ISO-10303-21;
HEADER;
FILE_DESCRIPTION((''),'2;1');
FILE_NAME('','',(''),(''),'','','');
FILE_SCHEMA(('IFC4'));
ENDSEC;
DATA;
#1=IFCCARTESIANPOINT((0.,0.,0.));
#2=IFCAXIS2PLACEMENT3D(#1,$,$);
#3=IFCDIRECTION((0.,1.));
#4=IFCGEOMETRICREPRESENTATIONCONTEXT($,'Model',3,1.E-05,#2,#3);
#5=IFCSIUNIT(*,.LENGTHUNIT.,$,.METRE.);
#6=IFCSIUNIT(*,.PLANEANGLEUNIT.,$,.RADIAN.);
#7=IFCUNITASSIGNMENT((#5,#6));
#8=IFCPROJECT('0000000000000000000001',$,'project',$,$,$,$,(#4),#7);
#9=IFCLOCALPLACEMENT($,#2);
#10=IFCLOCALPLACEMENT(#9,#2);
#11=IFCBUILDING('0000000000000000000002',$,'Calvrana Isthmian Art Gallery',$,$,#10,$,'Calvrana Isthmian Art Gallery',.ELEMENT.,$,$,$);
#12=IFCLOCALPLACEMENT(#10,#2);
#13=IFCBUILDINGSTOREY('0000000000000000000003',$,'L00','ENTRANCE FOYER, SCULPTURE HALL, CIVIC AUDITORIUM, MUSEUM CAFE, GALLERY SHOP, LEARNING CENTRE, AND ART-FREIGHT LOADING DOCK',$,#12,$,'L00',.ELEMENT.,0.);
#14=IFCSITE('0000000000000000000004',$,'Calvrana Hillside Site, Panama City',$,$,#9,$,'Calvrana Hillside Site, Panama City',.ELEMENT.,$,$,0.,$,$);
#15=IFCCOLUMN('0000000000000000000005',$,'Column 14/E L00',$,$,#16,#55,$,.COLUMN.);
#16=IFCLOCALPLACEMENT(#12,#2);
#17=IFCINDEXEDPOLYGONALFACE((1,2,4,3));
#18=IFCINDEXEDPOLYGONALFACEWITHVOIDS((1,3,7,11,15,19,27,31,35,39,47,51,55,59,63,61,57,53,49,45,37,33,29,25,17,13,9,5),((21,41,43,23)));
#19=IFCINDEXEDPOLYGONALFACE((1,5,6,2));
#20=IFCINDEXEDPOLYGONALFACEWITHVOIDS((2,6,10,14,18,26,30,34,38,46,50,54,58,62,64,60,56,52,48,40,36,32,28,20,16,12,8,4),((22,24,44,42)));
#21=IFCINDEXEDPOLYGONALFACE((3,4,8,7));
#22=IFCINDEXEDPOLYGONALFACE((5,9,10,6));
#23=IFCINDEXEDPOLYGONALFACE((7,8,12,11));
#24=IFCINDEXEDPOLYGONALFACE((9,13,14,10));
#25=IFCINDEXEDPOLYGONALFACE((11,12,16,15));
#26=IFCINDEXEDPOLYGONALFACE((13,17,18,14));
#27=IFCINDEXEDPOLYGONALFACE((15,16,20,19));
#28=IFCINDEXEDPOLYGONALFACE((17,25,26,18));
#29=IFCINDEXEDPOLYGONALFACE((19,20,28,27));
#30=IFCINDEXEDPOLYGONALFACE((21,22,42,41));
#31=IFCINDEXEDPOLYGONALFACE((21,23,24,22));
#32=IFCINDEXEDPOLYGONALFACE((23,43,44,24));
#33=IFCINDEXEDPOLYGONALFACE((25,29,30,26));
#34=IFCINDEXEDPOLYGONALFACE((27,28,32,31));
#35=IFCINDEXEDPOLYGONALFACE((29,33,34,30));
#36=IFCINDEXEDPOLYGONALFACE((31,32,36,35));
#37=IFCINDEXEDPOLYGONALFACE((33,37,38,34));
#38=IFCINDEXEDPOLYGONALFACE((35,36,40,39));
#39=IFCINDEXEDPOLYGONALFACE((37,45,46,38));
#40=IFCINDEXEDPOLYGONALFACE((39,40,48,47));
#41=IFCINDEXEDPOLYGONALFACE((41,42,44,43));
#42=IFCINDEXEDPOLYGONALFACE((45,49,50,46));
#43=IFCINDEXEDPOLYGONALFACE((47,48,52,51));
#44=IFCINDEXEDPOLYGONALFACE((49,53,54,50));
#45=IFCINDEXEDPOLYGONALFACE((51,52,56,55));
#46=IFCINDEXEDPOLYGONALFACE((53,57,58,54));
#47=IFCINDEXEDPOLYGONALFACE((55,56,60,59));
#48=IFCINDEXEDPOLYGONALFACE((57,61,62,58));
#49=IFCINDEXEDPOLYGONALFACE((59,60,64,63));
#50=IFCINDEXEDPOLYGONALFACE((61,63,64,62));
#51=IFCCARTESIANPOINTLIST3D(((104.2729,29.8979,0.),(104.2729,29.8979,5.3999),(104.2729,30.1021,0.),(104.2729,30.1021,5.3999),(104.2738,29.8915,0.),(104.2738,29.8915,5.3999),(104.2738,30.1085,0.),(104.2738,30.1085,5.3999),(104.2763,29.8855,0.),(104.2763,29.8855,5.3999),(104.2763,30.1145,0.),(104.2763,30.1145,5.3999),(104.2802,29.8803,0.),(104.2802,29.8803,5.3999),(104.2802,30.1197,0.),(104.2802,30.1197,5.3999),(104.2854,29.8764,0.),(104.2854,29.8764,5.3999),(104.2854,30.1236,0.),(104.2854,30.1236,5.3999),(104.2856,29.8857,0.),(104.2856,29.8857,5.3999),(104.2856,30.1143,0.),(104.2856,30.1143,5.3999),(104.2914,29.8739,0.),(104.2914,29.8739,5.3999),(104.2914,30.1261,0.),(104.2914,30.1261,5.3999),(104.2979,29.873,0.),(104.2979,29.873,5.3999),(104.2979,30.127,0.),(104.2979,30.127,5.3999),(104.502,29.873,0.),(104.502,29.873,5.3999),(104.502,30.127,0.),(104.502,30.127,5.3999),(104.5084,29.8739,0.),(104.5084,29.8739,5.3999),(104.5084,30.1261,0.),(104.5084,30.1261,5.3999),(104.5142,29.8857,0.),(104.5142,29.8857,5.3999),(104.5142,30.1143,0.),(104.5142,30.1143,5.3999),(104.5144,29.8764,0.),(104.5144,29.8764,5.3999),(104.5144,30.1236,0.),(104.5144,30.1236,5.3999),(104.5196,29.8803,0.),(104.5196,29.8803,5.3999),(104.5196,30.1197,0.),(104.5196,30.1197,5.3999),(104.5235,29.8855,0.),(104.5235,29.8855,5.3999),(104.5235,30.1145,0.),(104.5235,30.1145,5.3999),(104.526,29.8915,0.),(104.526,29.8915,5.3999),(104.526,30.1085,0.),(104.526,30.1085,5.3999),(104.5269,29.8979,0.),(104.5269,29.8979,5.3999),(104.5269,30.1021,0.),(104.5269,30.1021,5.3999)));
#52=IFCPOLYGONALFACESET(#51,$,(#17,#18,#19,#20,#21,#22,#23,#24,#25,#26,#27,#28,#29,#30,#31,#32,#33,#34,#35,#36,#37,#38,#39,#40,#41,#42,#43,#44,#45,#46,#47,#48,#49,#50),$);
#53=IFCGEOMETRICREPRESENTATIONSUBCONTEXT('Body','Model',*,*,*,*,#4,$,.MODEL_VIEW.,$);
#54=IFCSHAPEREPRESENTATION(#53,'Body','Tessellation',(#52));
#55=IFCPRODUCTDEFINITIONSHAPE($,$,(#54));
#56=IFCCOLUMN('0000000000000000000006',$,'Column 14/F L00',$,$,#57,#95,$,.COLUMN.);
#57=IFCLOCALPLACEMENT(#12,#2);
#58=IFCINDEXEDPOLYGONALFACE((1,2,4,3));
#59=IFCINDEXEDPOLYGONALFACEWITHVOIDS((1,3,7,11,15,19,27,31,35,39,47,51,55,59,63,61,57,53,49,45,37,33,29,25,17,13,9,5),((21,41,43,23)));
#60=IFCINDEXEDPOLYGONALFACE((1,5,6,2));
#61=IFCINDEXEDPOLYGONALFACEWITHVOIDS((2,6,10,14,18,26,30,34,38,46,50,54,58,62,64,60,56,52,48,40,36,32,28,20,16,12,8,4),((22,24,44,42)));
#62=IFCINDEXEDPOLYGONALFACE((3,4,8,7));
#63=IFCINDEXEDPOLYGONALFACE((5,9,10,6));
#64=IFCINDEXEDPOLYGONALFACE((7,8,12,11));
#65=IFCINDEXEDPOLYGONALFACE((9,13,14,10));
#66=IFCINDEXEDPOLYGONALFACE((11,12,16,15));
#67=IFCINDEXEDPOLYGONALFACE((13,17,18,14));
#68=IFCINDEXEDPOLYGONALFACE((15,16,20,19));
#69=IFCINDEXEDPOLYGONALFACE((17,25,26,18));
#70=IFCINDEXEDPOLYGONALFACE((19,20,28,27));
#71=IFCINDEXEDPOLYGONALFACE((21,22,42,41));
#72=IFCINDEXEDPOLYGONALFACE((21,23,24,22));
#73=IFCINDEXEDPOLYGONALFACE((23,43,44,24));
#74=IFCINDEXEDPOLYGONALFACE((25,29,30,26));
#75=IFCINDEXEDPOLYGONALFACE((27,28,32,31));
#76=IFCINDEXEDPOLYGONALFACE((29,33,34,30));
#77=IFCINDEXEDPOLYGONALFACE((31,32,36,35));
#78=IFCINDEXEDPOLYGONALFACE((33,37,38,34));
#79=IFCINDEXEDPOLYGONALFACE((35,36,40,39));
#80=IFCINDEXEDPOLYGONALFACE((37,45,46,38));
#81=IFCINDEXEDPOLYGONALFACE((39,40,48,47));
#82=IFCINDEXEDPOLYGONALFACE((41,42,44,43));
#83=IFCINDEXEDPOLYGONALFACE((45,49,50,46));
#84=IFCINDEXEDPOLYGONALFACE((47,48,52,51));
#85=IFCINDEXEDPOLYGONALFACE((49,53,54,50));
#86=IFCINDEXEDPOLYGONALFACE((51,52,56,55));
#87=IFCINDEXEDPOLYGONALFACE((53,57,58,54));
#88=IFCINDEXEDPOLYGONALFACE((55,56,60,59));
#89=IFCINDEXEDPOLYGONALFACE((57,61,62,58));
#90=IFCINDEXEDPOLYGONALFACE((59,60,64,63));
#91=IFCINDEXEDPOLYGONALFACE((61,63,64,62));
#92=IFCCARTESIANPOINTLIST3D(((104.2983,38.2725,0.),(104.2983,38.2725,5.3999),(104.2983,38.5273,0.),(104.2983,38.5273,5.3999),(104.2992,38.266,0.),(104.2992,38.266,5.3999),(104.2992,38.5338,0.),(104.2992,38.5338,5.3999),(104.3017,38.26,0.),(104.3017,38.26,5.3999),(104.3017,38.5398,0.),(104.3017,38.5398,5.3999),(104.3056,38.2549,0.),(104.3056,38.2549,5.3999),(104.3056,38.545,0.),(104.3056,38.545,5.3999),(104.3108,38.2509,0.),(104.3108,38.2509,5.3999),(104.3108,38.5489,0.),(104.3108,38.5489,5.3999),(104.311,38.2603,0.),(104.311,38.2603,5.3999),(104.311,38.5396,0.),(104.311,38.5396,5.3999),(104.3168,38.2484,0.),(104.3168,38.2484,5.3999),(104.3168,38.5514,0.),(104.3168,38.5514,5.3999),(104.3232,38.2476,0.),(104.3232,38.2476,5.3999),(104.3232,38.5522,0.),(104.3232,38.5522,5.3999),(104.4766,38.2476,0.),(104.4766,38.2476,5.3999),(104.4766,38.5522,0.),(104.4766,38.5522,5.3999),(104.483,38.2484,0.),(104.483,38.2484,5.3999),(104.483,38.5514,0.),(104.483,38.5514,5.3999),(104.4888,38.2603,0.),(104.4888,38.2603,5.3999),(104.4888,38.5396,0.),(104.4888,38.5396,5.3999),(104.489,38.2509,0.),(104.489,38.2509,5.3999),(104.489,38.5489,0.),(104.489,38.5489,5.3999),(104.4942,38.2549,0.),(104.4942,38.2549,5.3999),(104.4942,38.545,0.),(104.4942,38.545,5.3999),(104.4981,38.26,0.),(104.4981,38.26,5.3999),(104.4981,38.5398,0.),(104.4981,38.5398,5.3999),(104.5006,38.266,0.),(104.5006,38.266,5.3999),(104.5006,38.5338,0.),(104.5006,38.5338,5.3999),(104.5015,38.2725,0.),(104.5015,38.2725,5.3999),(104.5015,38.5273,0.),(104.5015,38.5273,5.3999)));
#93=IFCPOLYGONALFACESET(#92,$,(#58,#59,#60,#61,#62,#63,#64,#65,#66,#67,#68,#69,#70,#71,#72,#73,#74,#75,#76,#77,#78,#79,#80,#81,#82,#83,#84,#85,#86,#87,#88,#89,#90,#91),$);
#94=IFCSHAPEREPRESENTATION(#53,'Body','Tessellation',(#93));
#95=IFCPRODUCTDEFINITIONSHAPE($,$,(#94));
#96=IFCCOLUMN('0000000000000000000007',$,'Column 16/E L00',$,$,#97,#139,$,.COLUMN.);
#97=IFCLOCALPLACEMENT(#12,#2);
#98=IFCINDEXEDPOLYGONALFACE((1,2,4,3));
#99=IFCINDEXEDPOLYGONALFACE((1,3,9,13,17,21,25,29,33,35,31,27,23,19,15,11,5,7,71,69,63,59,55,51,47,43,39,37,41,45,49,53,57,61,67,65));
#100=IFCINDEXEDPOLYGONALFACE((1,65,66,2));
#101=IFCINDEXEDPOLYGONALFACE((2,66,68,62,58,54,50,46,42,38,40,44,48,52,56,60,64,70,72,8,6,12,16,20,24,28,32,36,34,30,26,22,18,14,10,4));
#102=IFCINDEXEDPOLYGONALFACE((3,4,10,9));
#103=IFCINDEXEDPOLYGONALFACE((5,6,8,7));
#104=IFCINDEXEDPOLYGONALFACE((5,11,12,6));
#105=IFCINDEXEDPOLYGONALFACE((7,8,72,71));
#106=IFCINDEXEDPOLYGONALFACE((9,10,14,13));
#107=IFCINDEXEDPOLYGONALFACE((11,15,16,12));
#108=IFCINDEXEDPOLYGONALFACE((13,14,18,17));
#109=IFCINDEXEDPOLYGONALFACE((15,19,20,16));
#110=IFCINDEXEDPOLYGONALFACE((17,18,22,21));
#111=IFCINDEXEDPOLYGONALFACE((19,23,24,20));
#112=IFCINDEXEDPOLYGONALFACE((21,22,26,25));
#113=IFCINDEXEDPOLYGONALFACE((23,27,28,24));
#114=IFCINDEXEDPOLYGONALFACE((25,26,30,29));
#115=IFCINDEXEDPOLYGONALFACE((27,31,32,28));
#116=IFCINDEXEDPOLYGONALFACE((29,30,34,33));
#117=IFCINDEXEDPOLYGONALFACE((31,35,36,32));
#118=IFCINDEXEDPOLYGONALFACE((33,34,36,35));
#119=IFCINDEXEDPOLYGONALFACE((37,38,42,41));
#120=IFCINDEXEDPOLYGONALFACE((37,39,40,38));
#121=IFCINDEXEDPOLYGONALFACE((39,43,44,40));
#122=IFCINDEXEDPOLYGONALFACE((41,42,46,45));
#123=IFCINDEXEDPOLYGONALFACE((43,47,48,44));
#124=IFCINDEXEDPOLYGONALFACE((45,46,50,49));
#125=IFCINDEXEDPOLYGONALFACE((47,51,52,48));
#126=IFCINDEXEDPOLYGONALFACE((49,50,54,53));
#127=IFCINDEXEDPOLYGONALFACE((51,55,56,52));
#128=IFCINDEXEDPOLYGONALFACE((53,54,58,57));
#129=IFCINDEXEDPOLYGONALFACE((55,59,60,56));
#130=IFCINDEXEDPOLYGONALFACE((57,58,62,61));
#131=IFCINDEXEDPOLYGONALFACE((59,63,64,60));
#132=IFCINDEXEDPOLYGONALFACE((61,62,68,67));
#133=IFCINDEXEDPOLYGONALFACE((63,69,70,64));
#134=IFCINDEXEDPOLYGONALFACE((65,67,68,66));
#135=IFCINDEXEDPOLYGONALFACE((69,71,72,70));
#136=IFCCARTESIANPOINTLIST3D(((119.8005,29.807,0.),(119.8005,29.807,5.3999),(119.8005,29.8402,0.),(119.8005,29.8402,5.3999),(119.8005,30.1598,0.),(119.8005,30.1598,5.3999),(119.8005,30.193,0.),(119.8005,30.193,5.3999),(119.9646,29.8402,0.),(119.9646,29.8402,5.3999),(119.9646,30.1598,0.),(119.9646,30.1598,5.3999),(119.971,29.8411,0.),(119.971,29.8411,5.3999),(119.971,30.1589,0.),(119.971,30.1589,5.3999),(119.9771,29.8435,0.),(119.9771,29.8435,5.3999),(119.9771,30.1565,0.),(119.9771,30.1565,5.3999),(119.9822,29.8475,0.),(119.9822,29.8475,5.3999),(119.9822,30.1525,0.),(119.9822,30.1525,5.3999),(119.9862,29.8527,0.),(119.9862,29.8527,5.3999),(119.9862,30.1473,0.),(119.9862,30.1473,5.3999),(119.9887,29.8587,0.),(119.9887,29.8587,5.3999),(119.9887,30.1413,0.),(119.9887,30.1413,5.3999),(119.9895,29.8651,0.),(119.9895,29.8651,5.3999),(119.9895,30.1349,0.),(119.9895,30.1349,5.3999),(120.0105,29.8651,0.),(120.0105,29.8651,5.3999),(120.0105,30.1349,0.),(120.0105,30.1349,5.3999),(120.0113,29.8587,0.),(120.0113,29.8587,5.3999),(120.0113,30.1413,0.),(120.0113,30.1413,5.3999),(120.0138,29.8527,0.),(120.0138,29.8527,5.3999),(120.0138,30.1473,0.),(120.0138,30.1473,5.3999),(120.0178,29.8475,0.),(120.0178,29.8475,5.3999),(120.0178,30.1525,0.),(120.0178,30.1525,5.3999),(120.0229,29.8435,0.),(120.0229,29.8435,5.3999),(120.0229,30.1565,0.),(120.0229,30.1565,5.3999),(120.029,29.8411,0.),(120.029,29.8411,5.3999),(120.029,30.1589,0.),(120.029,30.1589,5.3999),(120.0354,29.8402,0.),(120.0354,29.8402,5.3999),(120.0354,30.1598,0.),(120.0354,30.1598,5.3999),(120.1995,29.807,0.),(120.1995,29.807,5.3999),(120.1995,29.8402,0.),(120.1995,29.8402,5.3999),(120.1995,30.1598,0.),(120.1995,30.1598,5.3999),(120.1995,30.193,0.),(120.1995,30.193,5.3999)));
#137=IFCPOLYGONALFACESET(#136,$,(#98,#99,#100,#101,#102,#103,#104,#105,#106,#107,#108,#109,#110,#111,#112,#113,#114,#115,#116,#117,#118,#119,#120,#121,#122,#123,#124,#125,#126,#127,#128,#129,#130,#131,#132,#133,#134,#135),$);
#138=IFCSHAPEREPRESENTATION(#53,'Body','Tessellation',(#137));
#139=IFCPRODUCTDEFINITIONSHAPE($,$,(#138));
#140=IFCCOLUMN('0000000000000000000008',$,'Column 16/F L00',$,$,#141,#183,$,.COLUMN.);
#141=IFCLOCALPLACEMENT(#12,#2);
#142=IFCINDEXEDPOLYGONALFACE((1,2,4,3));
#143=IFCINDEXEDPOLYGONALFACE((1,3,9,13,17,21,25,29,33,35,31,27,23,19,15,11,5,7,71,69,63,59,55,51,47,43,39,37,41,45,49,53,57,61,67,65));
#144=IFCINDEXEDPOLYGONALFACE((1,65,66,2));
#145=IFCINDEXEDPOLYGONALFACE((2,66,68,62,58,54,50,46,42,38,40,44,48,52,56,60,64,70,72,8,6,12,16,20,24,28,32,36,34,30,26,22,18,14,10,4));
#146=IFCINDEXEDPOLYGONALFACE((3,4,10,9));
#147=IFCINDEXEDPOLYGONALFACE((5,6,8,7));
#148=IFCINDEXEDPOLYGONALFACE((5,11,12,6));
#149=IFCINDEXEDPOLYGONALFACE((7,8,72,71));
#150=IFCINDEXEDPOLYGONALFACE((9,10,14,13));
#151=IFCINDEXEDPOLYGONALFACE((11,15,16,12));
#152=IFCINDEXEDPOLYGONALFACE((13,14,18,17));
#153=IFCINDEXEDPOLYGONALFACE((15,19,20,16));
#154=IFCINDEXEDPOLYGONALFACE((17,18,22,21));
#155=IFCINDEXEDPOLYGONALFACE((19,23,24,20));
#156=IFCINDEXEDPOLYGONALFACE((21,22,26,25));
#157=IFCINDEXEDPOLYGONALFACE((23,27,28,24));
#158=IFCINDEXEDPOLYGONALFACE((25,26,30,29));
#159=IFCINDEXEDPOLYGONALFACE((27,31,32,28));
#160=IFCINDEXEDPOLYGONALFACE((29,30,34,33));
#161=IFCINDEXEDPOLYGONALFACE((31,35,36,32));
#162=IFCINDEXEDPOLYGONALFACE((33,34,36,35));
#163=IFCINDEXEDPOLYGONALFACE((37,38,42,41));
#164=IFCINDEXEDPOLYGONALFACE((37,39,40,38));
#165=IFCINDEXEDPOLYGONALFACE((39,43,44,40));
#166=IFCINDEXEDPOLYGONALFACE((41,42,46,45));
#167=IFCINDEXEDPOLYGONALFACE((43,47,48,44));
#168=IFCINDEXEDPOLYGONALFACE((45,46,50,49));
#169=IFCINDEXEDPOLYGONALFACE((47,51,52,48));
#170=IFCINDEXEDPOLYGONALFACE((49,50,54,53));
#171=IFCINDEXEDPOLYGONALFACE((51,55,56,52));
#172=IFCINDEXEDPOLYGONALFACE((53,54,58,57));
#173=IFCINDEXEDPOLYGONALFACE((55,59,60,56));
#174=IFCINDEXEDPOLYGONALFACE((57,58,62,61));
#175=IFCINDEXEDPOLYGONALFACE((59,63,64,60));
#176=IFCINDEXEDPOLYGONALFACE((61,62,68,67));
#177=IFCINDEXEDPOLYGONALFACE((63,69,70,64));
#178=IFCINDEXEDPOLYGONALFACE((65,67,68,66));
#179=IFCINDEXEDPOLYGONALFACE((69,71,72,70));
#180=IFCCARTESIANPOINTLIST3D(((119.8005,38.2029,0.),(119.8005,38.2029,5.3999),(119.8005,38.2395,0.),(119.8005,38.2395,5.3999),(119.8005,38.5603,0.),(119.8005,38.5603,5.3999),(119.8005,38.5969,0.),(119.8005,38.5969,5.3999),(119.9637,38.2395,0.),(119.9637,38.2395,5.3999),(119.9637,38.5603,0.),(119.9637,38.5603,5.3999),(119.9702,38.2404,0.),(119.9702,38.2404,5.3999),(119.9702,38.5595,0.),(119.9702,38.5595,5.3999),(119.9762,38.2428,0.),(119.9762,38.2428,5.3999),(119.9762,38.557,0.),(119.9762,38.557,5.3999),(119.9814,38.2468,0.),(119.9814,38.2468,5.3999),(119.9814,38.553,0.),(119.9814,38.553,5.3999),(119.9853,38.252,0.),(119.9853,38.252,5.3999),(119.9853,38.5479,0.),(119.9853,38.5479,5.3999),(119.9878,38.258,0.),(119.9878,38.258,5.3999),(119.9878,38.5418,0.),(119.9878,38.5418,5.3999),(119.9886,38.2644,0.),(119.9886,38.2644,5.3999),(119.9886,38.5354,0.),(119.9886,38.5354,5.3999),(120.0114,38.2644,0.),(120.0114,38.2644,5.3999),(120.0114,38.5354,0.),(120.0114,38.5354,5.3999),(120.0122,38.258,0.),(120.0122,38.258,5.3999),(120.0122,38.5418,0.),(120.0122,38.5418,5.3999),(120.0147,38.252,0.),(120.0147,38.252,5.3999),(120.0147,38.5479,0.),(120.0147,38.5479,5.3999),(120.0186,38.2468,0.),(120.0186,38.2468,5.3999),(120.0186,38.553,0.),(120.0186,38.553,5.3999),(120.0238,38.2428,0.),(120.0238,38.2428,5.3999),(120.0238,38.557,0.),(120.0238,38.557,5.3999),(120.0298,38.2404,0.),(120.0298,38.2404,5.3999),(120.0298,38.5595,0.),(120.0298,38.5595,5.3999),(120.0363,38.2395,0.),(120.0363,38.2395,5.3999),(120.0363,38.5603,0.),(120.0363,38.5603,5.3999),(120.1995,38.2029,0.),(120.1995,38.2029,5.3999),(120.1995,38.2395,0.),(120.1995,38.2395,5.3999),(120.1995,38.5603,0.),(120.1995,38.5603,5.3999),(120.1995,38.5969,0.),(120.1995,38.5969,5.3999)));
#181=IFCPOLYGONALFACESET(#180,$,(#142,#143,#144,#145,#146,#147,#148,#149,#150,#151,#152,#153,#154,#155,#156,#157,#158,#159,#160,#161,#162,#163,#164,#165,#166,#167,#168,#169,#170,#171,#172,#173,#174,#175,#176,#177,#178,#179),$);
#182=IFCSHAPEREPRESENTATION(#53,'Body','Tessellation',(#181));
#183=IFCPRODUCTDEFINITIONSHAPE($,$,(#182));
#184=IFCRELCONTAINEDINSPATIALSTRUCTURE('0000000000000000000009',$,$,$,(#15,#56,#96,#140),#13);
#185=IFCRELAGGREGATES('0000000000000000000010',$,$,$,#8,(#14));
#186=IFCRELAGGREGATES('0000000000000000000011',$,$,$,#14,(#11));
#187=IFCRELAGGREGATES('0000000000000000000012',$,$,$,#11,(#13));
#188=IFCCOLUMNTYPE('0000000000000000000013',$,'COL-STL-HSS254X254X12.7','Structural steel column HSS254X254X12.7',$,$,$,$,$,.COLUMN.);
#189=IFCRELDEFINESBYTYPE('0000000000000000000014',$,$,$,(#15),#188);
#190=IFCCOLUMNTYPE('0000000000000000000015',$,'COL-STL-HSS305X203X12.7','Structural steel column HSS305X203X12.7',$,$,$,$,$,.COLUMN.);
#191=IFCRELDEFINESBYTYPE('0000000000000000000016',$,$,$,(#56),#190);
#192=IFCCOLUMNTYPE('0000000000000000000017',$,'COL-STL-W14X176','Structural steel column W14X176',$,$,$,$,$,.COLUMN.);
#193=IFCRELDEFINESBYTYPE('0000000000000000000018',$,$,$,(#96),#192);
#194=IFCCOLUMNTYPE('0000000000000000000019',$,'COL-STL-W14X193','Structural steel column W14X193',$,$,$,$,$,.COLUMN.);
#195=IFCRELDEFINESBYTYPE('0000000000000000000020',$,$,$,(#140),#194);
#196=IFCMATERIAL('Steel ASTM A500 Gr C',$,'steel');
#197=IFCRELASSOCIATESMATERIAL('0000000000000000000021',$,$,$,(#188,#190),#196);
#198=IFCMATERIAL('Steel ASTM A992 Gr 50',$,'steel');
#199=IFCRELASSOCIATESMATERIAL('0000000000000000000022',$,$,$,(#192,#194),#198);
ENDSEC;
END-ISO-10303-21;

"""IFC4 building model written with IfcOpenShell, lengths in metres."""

from ifc_helpers import new_model, si_unit, direction, frame, origin, origin_2d, place, context, subcontext, project, spatial, hollow_rectangle, i_section, extrude, material, material_profile, profile_set, type_object, element, save


model = new_model("IFC4")

# Units and contexts
model_context = context("Model", 3, precision=1e-05, world=origin(), true_north=direction((0.0, 1.0)))
body_context = subcontext(model_context, "Body", "Model", "MODEL_VIEW")
ifc_project = project(units=[si_unit("LENGTHUNIT", "METRE"), si_unit("PLANEANGLEUNIT", "RADIAN")], contexts=[model_context])

# Site, building, storey
site_placement = place(None, origin())
site = spatial("IfcSite", under=ifc_project, at=site_placement, Name="Calvrana Hillside Site, Panama City", LongName="Calvrana Hillside Site, Panama City", CompositionType="ELEMENT", RefElevation=0.0)
building_placement = place(site_placement, origin())
building = spatial("IfcBuilding", under=site, at=building_placement, Name="Calvrana Isthmian Art Gallery", LongName="Calvrana Isthmian Art Gallery", CompositionType="ELEMENT")
storey_placement = place(building_placement, origin())
storey = spatial("IfcBuildingStorey", under=building, at=storey_placement, Name="L00", Description="ENTRANCE FOYER, SCULPTURE HALL, CIVIC AUDITORIUM, MUSEUM CAFE, GALLERY SHOP, LEARNING CENTRE, AND ART-FREIGHT LOADING DOCK", LongName="L00", CompositionType="ELEMENT", Elevation=0.0)

# Columns
ifc_material_1 = material(Name="Steel ASTM A500 Gr C", Category="steel")
ifc_material_profile_1 = material_profile(ifc_material_1, hollow_rectangle(XDim=0.2539, YDim=0.2539, WallThickness=0.0127, OuterFilletRadius=0.0249, at=origin_2d()), Name="HSS254X254X12.7")
ifc_profile_set_1 = profile_set([ifc_material_profile_1], Name="Steel ASTM A500 Gr C")
column_type_1 = type_object("IfcColumnType", Name="COL-STL-HSS254X254X12.7", Description="Structural steel column HSS254X254X12.7", PredefinedType="COLUMN", material=ifc_profile_set_1)
column_1_placement = place(storey_placement, frame((104.3999, 30.0, 0.0), z_axis=(0.0, 0.0, 1.0), x_axis=(1.0, 0.0, 0.0)))
element("IfcColumn", 1, at=column_1_placement, inside=storey, type_object=column_type_1, Name="Column 14/E L00", PredefinedType="COLUMN", context=body_context, shape_type="SweptSolid", body=[
    extrude(hollow_rectangle(XDim=0.2539, YDim=0.2539, WallThickness=0.0127, OuterFilletRadius=0.0249, at=origin_2d()), origin(), (0.0, 0.0, 1.0), 5.3999),
])
ifc_material_profile_2 = material_profile(ifc_material_1, hollow_rectangle(XDim=0.2031, YDim=0.3047, WallThickness=0.0127, OuterFilletRadius=0.0249, at=origin_2d()), Name="HSS305X203X12.7")
ifc_profile_set_2 = profile_set([ifc_material_profile_2], Name="Steel ASTM A500 Gr C")
column_type_2 = type_object("IfcColumnType", Name="COL-STL-HSS305X203X12.7", Description="Structural steel column HSS305X203X12.7", PredefinedType="COLUMN", material=ifc_profile_set_2)
column_2_placement = place(storey_placement, frame((104.3999, 38.3999, 0.0), z_axis=(0.0, 0.0, 1.0), x_axis=(1.0, 0.0, 0.0)))
element("IfcColumn", 2, at=column_2_placement, inside=storey, type_object=column_type_2, Name="Column 14/F L00", PredefinedType="COLUMN", context=body_context, shape_type="SweptSolid", body=[
    extrude(hollow_rectangle(XDim=0.2031, YDim=0.3047, WallThickness=0.0127, OuterFilletRadius=0.0249, at=origin_2d()), origin(), (0.0, 0.0, 1.0), 5.3999),
])
ifc_material_2 = material(Name="Steel ASTM A992 Gr 50", Category="steel")
ifc_material_profile_3 = material_profile(ifc_material_2, i_section(OverallWidth=0.3989, OverallDepth=0.386, WebThickness=0.021, FlangeThickness=0.0332, FilletRadius=0.0249, at=origin_2d()), Name="W14X176")
ifc_profile_set_3 = profile_set([ifc_material_profile_3], Name="Steel ASTM A992 Gr 50")
column_type_3 = type_object("IfcColumnType", Name="COL-STL-W14X176", Description="Structural steel column W14X176", PredefinedType="COLUMN", material=ifc_profile_set_3)
column_3_placement = place(storey_placement, frame((120.0, 30.0, 0.0), z_axis=(0.0, 0.0, 1.0), x_axis=(1.0, 0.0, 0.0)))
element("IfcColumn", 3, at=column_3_placement, inside=storey, type_object=column_type_3, Name="Column 16/E L00", PredefinedType="COLUMN", context=body_context, shape_type="SweptSolid", body=[
    extrude(i_section(OverallWidth=0.3989, OverallDepth=0.386, WebThickness=0.021, FlangeThickness=0.0332, FilletRadius=0.0249, at=origin_2d()), origin(), (0.0, 0.0, 1.0), 5.3999),
])
ifc_material_profile_4 = material_profile(ifc_material_2, i_section(OverallWidth=0.3989, OverallDepth=0.394, WebThickness=0.0227, FlangeThickness=0.0366, FilletRadius=0.0249, at=origin_2d()), Name="W14X193")
ifc_profile_set_4 = profile_set([ifc_material_profile_4], Name="Steel ASTM A992 Gr 50")
column_type_4 = type_object("IfcColumnType", Name="COL-STL-W14X193", Description="Structural steel column W14X193", PredefinedType="COLUMN", material=ifc_profile_set_4)
column_4_placement = place(storey_placement, frame((120.0, 38.3999, 0.0), z_axis=(0.0, 0.0, 1.0), x_axis=(1.0, 0.0, 0.0)))
element("IfcColumn", 4, at=column_4_placement, inside=storey, type_object=column_type_4, Name="Column 16/F L00", PredefinedType="COLUMN", context=body_context, shape_type="SweptSolid", body=[
    extrude(i_section(OverallWidth=0.3989, OverallDepth=0.394, WebThickness=0.0227, FlangeThickness=0.0366, FilletRadius=0.0249, at=origin_2d()), origin(), (0.0, 0.0, 1.0), 5.3999),
])

save(model, "model.ifc")
